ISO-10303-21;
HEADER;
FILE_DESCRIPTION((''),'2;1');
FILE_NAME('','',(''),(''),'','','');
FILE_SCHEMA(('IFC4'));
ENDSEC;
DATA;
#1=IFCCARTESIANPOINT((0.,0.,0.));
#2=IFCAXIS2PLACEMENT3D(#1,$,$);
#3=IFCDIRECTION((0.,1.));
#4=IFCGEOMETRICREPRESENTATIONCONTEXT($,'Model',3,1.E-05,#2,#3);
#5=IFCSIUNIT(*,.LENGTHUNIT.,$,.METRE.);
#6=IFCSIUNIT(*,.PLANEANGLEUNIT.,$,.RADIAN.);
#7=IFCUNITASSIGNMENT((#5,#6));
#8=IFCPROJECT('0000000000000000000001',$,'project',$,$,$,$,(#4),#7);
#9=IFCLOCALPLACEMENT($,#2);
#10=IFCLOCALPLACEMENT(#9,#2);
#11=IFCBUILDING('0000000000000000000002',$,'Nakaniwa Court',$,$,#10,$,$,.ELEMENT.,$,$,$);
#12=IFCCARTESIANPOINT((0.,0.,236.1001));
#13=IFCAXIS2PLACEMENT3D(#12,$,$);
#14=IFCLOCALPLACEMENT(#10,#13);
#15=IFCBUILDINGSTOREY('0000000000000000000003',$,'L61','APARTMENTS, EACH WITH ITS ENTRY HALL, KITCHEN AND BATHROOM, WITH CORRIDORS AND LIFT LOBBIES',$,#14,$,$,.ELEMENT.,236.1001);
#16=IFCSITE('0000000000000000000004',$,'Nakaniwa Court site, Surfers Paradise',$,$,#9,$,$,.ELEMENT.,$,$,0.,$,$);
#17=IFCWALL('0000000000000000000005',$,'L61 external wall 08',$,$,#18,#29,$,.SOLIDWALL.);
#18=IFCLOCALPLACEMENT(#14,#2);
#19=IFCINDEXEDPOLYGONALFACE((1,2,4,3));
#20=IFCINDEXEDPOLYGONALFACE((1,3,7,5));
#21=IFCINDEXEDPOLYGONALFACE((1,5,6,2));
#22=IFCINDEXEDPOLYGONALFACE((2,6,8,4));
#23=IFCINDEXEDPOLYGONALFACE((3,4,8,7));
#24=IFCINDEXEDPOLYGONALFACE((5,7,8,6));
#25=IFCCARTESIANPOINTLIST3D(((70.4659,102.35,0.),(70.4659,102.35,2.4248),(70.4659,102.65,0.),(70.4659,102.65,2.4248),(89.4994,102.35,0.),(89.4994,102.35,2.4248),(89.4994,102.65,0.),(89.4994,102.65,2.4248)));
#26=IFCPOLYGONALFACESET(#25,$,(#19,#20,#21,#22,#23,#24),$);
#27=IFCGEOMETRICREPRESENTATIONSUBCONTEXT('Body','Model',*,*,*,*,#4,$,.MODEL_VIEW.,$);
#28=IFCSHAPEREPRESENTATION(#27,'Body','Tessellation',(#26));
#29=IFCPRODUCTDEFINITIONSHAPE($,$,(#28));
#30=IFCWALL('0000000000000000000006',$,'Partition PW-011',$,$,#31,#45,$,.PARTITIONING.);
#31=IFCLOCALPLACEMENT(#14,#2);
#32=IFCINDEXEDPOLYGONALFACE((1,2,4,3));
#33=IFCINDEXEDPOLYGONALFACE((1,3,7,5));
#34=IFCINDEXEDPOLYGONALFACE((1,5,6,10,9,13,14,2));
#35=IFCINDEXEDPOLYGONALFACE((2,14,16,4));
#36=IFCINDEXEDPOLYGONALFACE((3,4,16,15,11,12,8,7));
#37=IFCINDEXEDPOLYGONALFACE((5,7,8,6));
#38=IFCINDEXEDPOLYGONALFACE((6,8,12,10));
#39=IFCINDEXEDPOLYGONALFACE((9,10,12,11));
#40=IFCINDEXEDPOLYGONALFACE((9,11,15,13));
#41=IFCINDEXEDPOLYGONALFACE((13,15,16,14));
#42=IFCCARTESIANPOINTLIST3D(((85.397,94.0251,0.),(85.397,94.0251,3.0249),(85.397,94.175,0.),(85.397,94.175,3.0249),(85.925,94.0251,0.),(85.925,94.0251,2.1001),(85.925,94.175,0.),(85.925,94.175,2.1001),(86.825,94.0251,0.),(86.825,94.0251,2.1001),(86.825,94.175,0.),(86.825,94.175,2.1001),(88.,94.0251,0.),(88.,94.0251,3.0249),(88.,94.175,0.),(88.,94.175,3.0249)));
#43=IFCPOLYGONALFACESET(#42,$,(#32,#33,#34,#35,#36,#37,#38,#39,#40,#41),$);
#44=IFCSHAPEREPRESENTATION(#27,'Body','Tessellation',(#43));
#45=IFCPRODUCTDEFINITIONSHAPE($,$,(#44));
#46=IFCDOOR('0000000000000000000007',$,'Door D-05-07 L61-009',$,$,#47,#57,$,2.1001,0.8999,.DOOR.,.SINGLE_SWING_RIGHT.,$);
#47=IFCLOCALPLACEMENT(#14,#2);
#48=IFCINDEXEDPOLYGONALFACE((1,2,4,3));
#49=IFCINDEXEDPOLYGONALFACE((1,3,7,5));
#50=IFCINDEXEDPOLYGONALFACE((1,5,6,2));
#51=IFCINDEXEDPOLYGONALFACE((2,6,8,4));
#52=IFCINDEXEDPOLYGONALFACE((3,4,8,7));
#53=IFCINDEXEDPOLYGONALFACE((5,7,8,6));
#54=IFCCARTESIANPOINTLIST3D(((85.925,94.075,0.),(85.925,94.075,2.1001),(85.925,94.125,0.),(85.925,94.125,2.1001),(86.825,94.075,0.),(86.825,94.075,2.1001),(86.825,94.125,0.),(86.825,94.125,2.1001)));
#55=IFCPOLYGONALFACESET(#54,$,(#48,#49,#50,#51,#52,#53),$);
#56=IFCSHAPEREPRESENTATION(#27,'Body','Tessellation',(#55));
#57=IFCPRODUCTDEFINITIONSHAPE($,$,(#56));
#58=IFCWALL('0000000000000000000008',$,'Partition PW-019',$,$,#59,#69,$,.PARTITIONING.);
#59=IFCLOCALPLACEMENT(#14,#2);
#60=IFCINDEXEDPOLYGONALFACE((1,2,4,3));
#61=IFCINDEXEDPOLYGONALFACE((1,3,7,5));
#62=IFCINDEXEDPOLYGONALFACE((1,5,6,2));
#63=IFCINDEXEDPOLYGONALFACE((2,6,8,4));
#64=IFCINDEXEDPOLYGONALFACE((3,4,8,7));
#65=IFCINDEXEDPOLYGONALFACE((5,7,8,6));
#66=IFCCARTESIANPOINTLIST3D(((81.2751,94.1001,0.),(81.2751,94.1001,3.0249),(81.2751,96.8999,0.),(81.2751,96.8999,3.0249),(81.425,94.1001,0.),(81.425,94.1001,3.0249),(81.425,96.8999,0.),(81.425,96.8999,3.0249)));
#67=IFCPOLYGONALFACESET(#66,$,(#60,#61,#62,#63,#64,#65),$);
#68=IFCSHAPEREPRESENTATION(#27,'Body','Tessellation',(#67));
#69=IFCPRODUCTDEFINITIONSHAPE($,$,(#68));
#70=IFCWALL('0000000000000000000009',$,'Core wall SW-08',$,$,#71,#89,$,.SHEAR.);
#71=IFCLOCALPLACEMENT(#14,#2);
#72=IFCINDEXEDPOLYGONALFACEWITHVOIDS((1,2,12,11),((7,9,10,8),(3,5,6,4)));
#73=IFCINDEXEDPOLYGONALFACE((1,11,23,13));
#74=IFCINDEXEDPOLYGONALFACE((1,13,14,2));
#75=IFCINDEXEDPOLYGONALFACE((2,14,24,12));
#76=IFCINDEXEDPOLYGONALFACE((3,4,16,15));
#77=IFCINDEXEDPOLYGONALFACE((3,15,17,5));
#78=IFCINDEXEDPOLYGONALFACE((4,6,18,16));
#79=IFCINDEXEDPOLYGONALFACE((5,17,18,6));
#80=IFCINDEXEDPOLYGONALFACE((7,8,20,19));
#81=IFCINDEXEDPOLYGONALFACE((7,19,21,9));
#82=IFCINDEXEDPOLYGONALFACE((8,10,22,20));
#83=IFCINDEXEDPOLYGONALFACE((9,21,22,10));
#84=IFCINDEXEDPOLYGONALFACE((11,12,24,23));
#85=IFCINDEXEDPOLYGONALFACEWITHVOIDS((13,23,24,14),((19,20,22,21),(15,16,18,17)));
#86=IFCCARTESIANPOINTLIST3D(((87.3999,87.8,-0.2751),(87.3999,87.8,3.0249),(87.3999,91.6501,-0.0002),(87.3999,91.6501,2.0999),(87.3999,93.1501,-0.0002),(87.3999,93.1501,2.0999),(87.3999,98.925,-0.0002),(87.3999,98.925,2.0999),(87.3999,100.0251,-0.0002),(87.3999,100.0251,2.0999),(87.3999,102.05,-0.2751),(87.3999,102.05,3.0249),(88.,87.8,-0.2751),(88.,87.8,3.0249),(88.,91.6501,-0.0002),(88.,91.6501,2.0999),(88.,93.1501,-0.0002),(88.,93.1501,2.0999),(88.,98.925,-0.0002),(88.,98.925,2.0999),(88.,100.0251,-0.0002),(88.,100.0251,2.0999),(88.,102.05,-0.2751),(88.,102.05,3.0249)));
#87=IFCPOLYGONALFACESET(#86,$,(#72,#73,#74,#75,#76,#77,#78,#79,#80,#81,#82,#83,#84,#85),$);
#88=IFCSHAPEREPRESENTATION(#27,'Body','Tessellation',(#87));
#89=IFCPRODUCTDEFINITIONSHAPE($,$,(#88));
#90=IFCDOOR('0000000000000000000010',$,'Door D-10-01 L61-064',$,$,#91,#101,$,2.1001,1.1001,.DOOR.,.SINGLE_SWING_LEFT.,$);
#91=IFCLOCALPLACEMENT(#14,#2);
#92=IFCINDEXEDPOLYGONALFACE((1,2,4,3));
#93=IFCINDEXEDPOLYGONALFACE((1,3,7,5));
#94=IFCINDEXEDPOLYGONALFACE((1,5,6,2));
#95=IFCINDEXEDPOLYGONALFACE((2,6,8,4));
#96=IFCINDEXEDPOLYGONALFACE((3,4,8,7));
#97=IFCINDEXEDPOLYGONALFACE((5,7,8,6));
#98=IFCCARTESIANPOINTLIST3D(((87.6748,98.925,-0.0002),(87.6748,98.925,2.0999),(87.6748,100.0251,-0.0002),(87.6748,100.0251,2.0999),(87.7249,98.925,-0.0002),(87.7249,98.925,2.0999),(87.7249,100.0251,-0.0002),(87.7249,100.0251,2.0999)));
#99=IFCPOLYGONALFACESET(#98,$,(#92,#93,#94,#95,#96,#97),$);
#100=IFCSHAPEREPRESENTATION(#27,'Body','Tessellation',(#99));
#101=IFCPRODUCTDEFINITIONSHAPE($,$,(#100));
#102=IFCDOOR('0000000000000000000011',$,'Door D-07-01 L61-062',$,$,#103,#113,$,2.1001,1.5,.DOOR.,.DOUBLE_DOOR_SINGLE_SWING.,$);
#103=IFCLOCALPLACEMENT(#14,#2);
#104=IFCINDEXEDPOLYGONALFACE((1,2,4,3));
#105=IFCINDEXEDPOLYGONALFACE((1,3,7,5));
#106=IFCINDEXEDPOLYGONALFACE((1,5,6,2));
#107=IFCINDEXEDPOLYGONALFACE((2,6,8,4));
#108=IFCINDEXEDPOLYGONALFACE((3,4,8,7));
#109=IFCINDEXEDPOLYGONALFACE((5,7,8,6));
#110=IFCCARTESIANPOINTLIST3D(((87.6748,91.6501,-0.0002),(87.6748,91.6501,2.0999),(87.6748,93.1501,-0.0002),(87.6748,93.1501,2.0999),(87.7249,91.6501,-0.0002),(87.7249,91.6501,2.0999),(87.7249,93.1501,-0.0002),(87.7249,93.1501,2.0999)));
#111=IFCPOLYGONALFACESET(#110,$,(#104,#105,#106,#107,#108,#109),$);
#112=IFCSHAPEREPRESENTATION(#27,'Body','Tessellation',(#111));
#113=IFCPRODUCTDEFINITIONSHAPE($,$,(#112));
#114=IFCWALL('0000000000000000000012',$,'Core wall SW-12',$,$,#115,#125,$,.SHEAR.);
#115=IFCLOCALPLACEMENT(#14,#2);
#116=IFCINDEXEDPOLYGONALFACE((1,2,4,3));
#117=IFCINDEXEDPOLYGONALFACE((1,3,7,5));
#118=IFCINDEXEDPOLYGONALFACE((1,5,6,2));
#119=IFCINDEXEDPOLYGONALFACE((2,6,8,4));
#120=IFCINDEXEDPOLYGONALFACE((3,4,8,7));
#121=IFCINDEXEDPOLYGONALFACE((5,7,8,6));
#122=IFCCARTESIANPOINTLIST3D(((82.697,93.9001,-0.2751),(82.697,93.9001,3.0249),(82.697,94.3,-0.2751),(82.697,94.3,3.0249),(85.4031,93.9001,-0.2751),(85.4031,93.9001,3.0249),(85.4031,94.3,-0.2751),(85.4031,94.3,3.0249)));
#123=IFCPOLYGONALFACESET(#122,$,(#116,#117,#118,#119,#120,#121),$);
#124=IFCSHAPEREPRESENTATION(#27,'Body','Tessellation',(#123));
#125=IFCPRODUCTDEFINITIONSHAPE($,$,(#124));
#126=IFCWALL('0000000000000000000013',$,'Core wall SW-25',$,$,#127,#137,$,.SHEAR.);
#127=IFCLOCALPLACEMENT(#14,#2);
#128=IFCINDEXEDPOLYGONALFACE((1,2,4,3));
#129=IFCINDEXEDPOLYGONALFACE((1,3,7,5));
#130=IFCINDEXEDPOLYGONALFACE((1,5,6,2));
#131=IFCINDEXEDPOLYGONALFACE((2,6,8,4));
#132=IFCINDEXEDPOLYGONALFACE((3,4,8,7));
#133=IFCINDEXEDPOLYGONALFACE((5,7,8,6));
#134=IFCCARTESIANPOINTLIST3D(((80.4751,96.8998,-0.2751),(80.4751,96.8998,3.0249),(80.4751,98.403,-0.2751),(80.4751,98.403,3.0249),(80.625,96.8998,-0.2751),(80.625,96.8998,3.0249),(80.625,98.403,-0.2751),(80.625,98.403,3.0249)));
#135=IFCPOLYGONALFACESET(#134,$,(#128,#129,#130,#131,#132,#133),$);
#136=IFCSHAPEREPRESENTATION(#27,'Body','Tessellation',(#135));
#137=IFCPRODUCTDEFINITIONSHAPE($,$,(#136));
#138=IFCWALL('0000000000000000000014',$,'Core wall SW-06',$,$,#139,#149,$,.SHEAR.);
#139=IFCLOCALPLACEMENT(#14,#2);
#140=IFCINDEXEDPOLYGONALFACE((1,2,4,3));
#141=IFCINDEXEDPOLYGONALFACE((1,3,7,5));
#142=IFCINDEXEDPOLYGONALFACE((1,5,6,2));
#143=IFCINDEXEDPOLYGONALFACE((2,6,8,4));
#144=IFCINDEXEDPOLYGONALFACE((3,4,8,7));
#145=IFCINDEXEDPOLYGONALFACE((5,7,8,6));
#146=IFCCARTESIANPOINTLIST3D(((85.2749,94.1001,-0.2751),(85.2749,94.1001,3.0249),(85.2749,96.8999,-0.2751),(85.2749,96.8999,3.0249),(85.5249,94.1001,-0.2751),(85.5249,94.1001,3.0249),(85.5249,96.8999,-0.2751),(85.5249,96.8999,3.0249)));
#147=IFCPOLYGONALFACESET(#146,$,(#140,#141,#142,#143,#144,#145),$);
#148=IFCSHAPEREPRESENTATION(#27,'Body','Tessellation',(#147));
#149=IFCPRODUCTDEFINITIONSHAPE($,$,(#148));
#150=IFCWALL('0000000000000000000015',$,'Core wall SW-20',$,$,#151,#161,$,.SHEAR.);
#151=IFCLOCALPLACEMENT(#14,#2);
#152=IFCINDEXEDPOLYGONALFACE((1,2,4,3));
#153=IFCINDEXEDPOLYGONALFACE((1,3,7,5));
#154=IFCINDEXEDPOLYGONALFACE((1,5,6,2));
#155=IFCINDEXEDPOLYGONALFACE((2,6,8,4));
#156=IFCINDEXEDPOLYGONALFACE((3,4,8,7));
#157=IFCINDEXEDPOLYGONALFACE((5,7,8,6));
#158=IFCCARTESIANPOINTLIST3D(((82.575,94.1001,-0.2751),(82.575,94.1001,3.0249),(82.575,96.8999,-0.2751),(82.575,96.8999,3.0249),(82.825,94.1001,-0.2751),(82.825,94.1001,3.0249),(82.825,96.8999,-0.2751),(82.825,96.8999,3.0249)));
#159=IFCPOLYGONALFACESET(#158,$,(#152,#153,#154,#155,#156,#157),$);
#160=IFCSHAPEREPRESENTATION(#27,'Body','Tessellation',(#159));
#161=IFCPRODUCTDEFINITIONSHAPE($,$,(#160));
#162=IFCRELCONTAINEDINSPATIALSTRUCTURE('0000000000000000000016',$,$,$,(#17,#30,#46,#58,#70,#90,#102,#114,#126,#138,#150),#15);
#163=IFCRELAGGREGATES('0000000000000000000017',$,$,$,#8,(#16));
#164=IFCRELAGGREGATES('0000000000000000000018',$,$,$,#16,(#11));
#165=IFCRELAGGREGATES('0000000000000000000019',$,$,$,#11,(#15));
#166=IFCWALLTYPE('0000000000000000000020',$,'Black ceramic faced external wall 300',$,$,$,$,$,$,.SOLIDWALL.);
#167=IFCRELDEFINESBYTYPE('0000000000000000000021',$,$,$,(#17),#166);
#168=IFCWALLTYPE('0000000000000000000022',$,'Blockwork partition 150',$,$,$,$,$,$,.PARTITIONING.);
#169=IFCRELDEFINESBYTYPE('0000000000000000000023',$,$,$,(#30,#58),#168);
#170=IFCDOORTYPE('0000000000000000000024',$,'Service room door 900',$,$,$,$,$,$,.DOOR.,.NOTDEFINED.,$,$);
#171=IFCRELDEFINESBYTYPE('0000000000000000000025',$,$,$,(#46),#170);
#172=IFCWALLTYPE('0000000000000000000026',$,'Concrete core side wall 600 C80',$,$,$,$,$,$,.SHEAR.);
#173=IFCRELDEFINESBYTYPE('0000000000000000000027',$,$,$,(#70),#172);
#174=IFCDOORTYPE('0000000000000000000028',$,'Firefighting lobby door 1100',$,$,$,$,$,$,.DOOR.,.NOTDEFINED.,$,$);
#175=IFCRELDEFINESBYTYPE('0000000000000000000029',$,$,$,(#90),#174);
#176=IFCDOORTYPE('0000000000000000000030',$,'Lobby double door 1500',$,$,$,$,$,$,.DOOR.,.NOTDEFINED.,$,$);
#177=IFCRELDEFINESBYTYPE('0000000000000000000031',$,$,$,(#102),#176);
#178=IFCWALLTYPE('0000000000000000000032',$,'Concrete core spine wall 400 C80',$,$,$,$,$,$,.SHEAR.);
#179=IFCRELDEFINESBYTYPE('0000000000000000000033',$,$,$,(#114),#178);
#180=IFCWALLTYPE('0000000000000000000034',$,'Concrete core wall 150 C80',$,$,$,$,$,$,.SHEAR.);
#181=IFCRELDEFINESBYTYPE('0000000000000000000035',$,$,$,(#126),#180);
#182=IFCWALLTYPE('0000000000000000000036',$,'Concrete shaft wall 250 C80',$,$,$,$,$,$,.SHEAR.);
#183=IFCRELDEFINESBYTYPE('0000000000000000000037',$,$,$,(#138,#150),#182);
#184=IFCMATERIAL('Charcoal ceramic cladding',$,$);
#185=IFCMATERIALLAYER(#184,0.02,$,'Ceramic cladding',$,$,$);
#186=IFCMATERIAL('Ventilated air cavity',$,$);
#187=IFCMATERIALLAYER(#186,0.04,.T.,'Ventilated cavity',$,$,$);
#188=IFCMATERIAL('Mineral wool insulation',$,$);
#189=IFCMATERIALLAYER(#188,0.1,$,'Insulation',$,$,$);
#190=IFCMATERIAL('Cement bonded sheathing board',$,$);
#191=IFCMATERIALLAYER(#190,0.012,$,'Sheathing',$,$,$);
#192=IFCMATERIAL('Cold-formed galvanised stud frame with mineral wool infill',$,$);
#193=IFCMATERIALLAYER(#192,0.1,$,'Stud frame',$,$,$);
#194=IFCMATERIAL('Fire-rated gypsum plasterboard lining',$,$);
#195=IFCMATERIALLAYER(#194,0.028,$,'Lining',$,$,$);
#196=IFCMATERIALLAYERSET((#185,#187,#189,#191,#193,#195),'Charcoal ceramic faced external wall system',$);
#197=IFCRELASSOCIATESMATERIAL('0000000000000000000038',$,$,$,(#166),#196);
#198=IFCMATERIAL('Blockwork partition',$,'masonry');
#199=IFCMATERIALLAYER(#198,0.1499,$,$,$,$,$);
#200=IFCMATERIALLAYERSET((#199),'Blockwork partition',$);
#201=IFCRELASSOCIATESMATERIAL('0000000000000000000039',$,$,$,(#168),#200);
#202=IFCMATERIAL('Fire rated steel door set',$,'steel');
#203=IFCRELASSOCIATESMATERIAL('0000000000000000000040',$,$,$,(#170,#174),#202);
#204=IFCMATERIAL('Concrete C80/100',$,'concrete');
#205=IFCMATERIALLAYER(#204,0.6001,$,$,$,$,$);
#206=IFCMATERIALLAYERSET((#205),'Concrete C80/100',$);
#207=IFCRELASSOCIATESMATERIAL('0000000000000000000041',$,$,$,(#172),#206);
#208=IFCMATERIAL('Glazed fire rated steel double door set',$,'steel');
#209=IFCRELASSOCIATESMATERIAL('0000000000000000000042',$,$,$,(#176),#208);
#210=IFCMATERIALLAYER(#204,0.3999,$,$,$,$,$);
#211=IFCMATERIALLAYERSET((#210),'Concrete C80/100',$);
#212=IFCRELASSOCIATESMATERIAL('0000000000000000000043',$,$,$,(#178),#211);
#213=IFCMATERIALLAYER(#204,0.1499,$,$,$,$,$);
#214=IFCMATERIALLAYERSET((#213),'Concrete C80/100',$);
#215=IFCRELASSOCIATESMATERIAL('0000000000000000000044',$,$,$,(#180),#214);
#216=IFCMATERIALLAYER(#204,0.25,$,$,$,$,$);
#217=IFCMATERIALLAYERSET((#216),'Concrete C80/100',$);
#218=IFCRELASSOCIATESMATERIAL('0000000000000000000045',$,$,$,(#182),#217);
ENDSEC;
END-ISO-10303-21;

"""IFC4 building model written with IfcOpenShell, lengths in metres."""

from ifc_helpers import new_model, si_unit, direction, frame, frame_2d, origin, place, context, subcontext, project, spatial, rectangle, extrude, material, layer, layer_set, type_object, element, fill, save


model = new_model("IFC4")

# Units and contexts
model_context = context("Model", 3, precision=1e-05, world=origin(), true_north=direction((0.0, 1.0)))
body_context = subcontext(model_context, "Body", "Model", "MODEL_VIEW")
ifc_project = project(units=[si_unit("LENGTHUNIT", "METRE"), si_unit("PLANEANGLEUNIT", "RADIAN")], contexts=[model_context])

# Site, building, storey
site_placement = place(None, origin())
site = spatial("IfcSite", under=ifc_project, at=site_placement, Name="Nakaniwa Court site, Surfers Paradise", CompositionType="ELEMENT", RefElevation=0.0)
building_placement = place(site_placement, origin())
building = spatial("IfcBuilding", under=site, at=building_placement, Name="Nakaniwa Court", CompositionType="ELEMENT")
storey_placement = place(building_placement, frame((0.0, 0.0, 236.1001)))
storey = spatial("IfcBuildingStorey", under=building, at=storey_placement, Name="L61", Description="APARTMENTS, EACH WITH ITS ENTRY HALL, KITCHEN AND BATHROOM, WITH CORRIDORS AND LIFT LOBBIES", CompositionType="ELEMENT", Elevation=236.1001)

# Wall
ifc_material_1 = material(Name="Charcoal ceramic cladding")
ifc_layer_1 = layer(ifc_material_1, 0.02, Name="Ceramic cladding")
ifc_material_2 = material(Name="Ventilated air cavity")
ifc_layer_2 = layer(ifc_material_2, 0.04, ventilated=True, Name="Ventilated cavity")
ifc_material_3 = material(Name="Mineral wool insulation")
ifc_layer_3 = layer(ifc_material_3, 0.1, Name="Insulation")
ifc_material_4 = material(Name="Cement bonded sheathing board")
ifc_layer_4 = layer(ifc_material_4, 0.012, Name="Sheathing")
ifc_material_5 = material(Name="Cold-formed galvanised stud frame with mineral wool infill")
ifc_layer_5 = layer(ifc_material_5, 0.1, Name="Stud frame")
ifc_material_6 = material(Name="Fire-rated gypsum plasterboard lining")
ifc_layer_6 = layer(ifc_material_6, 0.028, Name="Lining")
ifc_layer_set_1 = layer_set([ifc_layer_1, ifc_layer_2, ifc_layer_3, ifc_layer_4, ifc_layer_5, ifc_layer_6], Name="Charcoal ceramic faced external wall system")
wall_type_1 = type_object("IfcWallType", Name="Black ceramic faced external wall 300", PredefinedType="SOLIDWALL", material=ifc_layer_set_1)
wall_1_placement = place(storey_placement, frame((89.4993, 102.5, 0.0), z_axis=(0.0, 0.0, 1.0), x_axis=(-1.0, 0.0, 0.0)))
element("IfcWall", 1, at=wall_1_placement, inside=storey, type_object=wall_type_1, Name="L61 external wall 08", PredefinedType="SOLIDWALL", context=body_context, shape_type="SweptSolid", body=[
    extrude(rectangle(XDim=19.0334, YDim=0.3, at=frame_2d((9.5166, 0.0))), origin(), (0.0, 0.0, 1.0), 2.4248),
])

# Wall, opening, door
ifc_material_7 = material(Name="Blockwork partition", Category="masonry")
ifc_layer_7 = layer(ifc_material_7, 0.1499)
ifc_layer_set_2 = layer_set([ifc_layer_7], Name="Blockwork partition")
wall_type_2 = type_object("IfcWallType", Name="Blockwork partition 150", PredefinedType="PARTITIONING", material=ifc_layer_set_2)
wall_2_placement = place(storey_placement, frame((85.397, 94.1001, 0.0), z_axis=(0.0, 0.0, 1.0), x_axis=(1.0, 0.0, 0.0)))
wall_2 = element("IfcWall", 2, at=wall_2_placement, inside=storey, type_object=wall_type_2, Name="Partition PW-011", PredefinedType="PARTITIONING", context=body_context, shape_type="SweptSolid", body=[
    extrude(rectangle(XDim=2.603, YDim=0.1499, at=frame_2d((1.3015, 0.0))), origin(), (0.0, 0.0, 1.0), 3.0249),
])
opening_1_placement = place(wall_2_placement, frame((0.5281, 0.0, 0.0)))
opening_1 = element("IfcOpeningElement", 3, at=opening_1_placement, cuts=wall_2, PredefinedType="OPENING", context=body_context, shape_type="SweptSolid", body=[
    extrude(rectangle(XDim=0.8999, YDim=2.1001, at=frame_2d((0.45, 1.05))), frame((0.0, 0.085, 0.0), z_axis=(0.0, -1.0, 0.0), x_axis=(1.0, 0.0, 0.0)), (0.0, 0.0, 1.0), 0.1699),
])
ifc_material_8 = material(Name="Fire rated steel door set", Category="steel")
door_type_1 = type_object("IfcDoorType", Name="Service room door 900", OperationType="NOTDEFINED", PredefinedType="DOOR", material=ifc_material_8)
door_1_placement = place(opening_1_placement, origin())
door_1 = element("IfcDoor", 4, at=door_1_placement, inside=storey, type_object=door_type_1, Name="Door D-05-07 L61-009", OperationType="SINGLE_SWING_RIGHT", OverallHeight=2.1001, OverallWidth=0.8999, PredefinedType="DOOR", context=body_context, shape_type="SweptSolid", body=[
    extrude(rectangle(XDim=0.8999, YDim=2.1001, at=frame_2d((0.45, 1.05))), frame((0.0, 0.0249, 0.0), z_axis=(0.0, -1.0, 0.0), x_axis=(1.0, 0.0, 0.0)), (0.0, 0.0, 1.0), 0.05),
])
fill(opening_1, door_1)

# Wall
wall_3_placement = place(storey_placement, frame((81.3501, 94.1001, 0.0), z_axis=(0.0, 0.0, 1.0), x_axis=(0.0, 1.0, 0.0)))
element("IfcWall", 5, at=wall_3_placement, inside=storey, type_object=wall_type_2, Name="Partition PW-019", PredefinedType="PARTITIONING", context=body_context, shape_type="SweptSolid", body=[
    extrude(rectangle(XDim=2.7998, YDim=0.1499, at=frame_2d((1.3999, 0.0))), origin(), (0.0, 0.0, 1.0), 3.0249),
])

# Wall, openings, doors
ifc_material_9 = material(Name="Concrete C80/100", Category="concrete")
ifc_layer_8 = layer(ifc_material_9, 0.6001)
ifc_layer_set_3 = layer_set([ifc_layer_8], Name="Concrete C80/100")
wall_type_3 = type_object("IfcWallType", Name="Concrete core side wall 600 C80", PredefinedType="SHEAR", material=ifc_layer_set_3)
wall_4_placement = place(storey_placement, frame((87.7, 102.05, -0.2751), z_axis=(0.0, 0.0, 1.0), x_axis=(0.0, -1.0, 0.0)))
wall_4 = element("IfcWall", 6, at=wall_4_placement, inside=storey, type_object=wall_type_3, Name="Core wall SW-08", PredefinedType="SHEAR", context=body_context, shape_type="SweptSolid", body=[
    extrude(rectangle(XDim=14.25, YDim=0.6001, at=frame_2d((7.125, 0.0))), origin(), (0.0, 0.0, 1.0), 3.3),
])
opening_2_placement = place(wall_4_placement, frame((8.8999, 0.0, 0.2749)))
opening_2 = element("IfcOpeningElement", 7, at=opening_2_placement, cuts=wall_4, PredefinedType="OPENING", context=body_context, shape_type="SweptSolid", body=[
    extrude(rectangle(XDim=1.5, YDim=2.1001, at=frame_2d((0.75, 1.05))), frame((0.0, 0.3101, 0.0), z_axis=(0.0, -1.0, 0.0), x_axis=(1.0, 0.0, 0.0)), (0.0, 0.0, 1.0), 0.6201),
])
opening_3_placement = place(wall_4_placement, frame((2.0249, 0.0, 0.2749)))
opening_3 = element("IfcOpeningElement", 8, at=opening_3_placement, cuts=wall_4, PredefinedType="OPENING", context=body_context, shape_type="SweptSolid", body=[
    extrude(rectangle(XDim=1.1001, YDim=2.1001, at=frame_2d((0.55, 1.05))), frame((0.0, 0.3101, 0.0), z_axis=(0.0, -1.0, 0.0), x_axis=(1.0, 0.0, 0.0)), (0.0, 0.0, 1.0), 0.6201),
])
door_type_2 = type_object("IfcDoorType", Name="Firefighting lobby door 1100", OperationType="NOTDEFINED", PredefinedType="DOOR", material=ifc_material_8)
door_2_placement = place(opening_3_placement, origin())
door_2 = element("IfcDoor", 9, at=door_2_placement, inside=storey, type_object=door_type_2, Name="Door D-10-01 L61-064", OperationType="SINGLE_SWING_LEFT", OverallHeight=2.1001, OverallWidth=1.1001, PredefinedType="DOOR", context=body_context, shape_type="SweptSolid", body=[
    extrude(rectangle(XDim=1.1001, YDim=2.1001, at=frame_2d((0.55, 1.05))), frame((0.0, 0.0249, 0.0), z_axis=(0.0, -1.0, 0.0), x_axis=(1.0, 0.0, 0.0)), (0.0, 0.0, 1.0), 0.05),
])
fill(opening_3, door_2)
ifc_material_10 = material(Name="Glazed fire rated steel double door set", Category="steel")
door_type_3 = type_object("IfcDoorType", Name="Lobby double door 1500", OperationType="NOTDEFINED", PredefinedType="DOOR", material=ifc_material_10)
door_3_placement = place(opening_2_placement, origin())
door_3 = element("IfcDoor", 10, at=door_3_placement, inside=storey, type_object=door_type_3, Name="Door D-07-01 L61-062", OperationType="DOUBLE_DOOR_SINGLE_SWING", OverallHeight=2.1001, OverallWidth=1.5, PredefinedType="DOOR", context=body_context, shape_type="SweptSolid", body=[
    extrude(rectangle(XDim=1.5, YDim=2.1001, at=frame_2d((0.75, 1.05))), frame((0.0, 0.0249, 0.0), z_axis=(0.0, -1.0, 0.0), x_axis=(1.0, 0.0, 0.0)), (0.0, 0.0, 1.0), 0.05),
])
fill(opening_2, door_3)

# Walls
ifc_layer_9 = layer(ifc_material_9, 0.3999)
ifc_layer_set_4 = layer_set([ifc_layer_9], Name="Concrete C80/100")
wall_type_4 = type_object("IfcWallType", Name="Concrete core spine wall 400 C80", PredefinedType="SHEAR", material=ifc_layer_set_4)
wall_5_placement = place(storey_placement, frame((82.697, 94.1001, -0.2751), z_axis=(0.0, 0.0, 1.0), x_axis=(1.0, 0.0, 0.0)))
element("IfcWall", 11, at=wall_5_placement, inside=storey, type_object=wall_type_4, Name="Core wall SW-12", PredefinedType="SHEAR", context=body_context, shape_type="SweptSolid", body=[
    extrude(rectangle(XDim=2.7061, YDim=0.3999, at=frame_2d((1.353, 0.0))), origin(), (0.0, 0.0, 1.0), 3.3),
])
ifc_layer_10 = layer(ifc_material_9, 0.1499)
ifc_layer_set_5 = layer_set([ifc_layer_10], Name="Concrete C80/100")
wall_type_5 = type_object("IfcWallType", Name="Concrete core wall 150 C80", PredefinedType="SHEAR", material=ifc_layer_set_5)
wall_6_placement = place(storey_placement, frame((80.55, 96.8999, -0.2751), z_axis=(0.0, 0.0, 1.0), x_axis=(0.0, 1.0, 0.0)))
element("IfcWall", 12, at=wall_6_placement, inside=storey, type_object=wall_type_5, Name="Core wall SW-25", PredefinedType="SHEAR", context=body_context, shape_type="SweptSolid", body=[
    extrude(rectangle(XDim=1.5032, YDim=0.1499, at=frame_2d((0.7515, 0.0))), origin(), (0.0, 0.0, 1.0), 3.3),
])
ifc_layer_11 = layer(ifc_material_9, 0.25)
ifc_layer_set_6 = layer_set([ifc_layer_11], Name="Concrete C80/100")
wall_type_6 = type_object("IfcWallType", Name="Concrete shaft wall 250 C80", PredefinedType="SHEAR", material=ifc_layer_set_6)
for number, where, z_axis, x_axis, name in (
    (13, (85.3999, 94.1001, -0.2751), (0.0, 0.0, 1.0), (0.0, 1.0, 0.0), "Core wall SW-06"),
    (14, (82.7, 94.1001, -0.2751), (0.0, 0.0, 1.0), (0.0, 1.0, 0.0), "Core wall SW-20"),
):
    element("IfcWall", number, at=place(storey_placement, frame(where, z_axis=z_axis, x_axis=x_axis)), inside=storey, type_object=wall_type_6, Name=name, PredefinedType="SHEAR", context=body_context, shape_type="SweptSolid", body=[
        extrude(rectangle(XDim=2.7998, YDim=0.25, at=frame_2d((1.3999, 0.0))), origin(), (0.0, 0.0, 1.0), 3.3),
    ])

save(model, "model.ifc")
